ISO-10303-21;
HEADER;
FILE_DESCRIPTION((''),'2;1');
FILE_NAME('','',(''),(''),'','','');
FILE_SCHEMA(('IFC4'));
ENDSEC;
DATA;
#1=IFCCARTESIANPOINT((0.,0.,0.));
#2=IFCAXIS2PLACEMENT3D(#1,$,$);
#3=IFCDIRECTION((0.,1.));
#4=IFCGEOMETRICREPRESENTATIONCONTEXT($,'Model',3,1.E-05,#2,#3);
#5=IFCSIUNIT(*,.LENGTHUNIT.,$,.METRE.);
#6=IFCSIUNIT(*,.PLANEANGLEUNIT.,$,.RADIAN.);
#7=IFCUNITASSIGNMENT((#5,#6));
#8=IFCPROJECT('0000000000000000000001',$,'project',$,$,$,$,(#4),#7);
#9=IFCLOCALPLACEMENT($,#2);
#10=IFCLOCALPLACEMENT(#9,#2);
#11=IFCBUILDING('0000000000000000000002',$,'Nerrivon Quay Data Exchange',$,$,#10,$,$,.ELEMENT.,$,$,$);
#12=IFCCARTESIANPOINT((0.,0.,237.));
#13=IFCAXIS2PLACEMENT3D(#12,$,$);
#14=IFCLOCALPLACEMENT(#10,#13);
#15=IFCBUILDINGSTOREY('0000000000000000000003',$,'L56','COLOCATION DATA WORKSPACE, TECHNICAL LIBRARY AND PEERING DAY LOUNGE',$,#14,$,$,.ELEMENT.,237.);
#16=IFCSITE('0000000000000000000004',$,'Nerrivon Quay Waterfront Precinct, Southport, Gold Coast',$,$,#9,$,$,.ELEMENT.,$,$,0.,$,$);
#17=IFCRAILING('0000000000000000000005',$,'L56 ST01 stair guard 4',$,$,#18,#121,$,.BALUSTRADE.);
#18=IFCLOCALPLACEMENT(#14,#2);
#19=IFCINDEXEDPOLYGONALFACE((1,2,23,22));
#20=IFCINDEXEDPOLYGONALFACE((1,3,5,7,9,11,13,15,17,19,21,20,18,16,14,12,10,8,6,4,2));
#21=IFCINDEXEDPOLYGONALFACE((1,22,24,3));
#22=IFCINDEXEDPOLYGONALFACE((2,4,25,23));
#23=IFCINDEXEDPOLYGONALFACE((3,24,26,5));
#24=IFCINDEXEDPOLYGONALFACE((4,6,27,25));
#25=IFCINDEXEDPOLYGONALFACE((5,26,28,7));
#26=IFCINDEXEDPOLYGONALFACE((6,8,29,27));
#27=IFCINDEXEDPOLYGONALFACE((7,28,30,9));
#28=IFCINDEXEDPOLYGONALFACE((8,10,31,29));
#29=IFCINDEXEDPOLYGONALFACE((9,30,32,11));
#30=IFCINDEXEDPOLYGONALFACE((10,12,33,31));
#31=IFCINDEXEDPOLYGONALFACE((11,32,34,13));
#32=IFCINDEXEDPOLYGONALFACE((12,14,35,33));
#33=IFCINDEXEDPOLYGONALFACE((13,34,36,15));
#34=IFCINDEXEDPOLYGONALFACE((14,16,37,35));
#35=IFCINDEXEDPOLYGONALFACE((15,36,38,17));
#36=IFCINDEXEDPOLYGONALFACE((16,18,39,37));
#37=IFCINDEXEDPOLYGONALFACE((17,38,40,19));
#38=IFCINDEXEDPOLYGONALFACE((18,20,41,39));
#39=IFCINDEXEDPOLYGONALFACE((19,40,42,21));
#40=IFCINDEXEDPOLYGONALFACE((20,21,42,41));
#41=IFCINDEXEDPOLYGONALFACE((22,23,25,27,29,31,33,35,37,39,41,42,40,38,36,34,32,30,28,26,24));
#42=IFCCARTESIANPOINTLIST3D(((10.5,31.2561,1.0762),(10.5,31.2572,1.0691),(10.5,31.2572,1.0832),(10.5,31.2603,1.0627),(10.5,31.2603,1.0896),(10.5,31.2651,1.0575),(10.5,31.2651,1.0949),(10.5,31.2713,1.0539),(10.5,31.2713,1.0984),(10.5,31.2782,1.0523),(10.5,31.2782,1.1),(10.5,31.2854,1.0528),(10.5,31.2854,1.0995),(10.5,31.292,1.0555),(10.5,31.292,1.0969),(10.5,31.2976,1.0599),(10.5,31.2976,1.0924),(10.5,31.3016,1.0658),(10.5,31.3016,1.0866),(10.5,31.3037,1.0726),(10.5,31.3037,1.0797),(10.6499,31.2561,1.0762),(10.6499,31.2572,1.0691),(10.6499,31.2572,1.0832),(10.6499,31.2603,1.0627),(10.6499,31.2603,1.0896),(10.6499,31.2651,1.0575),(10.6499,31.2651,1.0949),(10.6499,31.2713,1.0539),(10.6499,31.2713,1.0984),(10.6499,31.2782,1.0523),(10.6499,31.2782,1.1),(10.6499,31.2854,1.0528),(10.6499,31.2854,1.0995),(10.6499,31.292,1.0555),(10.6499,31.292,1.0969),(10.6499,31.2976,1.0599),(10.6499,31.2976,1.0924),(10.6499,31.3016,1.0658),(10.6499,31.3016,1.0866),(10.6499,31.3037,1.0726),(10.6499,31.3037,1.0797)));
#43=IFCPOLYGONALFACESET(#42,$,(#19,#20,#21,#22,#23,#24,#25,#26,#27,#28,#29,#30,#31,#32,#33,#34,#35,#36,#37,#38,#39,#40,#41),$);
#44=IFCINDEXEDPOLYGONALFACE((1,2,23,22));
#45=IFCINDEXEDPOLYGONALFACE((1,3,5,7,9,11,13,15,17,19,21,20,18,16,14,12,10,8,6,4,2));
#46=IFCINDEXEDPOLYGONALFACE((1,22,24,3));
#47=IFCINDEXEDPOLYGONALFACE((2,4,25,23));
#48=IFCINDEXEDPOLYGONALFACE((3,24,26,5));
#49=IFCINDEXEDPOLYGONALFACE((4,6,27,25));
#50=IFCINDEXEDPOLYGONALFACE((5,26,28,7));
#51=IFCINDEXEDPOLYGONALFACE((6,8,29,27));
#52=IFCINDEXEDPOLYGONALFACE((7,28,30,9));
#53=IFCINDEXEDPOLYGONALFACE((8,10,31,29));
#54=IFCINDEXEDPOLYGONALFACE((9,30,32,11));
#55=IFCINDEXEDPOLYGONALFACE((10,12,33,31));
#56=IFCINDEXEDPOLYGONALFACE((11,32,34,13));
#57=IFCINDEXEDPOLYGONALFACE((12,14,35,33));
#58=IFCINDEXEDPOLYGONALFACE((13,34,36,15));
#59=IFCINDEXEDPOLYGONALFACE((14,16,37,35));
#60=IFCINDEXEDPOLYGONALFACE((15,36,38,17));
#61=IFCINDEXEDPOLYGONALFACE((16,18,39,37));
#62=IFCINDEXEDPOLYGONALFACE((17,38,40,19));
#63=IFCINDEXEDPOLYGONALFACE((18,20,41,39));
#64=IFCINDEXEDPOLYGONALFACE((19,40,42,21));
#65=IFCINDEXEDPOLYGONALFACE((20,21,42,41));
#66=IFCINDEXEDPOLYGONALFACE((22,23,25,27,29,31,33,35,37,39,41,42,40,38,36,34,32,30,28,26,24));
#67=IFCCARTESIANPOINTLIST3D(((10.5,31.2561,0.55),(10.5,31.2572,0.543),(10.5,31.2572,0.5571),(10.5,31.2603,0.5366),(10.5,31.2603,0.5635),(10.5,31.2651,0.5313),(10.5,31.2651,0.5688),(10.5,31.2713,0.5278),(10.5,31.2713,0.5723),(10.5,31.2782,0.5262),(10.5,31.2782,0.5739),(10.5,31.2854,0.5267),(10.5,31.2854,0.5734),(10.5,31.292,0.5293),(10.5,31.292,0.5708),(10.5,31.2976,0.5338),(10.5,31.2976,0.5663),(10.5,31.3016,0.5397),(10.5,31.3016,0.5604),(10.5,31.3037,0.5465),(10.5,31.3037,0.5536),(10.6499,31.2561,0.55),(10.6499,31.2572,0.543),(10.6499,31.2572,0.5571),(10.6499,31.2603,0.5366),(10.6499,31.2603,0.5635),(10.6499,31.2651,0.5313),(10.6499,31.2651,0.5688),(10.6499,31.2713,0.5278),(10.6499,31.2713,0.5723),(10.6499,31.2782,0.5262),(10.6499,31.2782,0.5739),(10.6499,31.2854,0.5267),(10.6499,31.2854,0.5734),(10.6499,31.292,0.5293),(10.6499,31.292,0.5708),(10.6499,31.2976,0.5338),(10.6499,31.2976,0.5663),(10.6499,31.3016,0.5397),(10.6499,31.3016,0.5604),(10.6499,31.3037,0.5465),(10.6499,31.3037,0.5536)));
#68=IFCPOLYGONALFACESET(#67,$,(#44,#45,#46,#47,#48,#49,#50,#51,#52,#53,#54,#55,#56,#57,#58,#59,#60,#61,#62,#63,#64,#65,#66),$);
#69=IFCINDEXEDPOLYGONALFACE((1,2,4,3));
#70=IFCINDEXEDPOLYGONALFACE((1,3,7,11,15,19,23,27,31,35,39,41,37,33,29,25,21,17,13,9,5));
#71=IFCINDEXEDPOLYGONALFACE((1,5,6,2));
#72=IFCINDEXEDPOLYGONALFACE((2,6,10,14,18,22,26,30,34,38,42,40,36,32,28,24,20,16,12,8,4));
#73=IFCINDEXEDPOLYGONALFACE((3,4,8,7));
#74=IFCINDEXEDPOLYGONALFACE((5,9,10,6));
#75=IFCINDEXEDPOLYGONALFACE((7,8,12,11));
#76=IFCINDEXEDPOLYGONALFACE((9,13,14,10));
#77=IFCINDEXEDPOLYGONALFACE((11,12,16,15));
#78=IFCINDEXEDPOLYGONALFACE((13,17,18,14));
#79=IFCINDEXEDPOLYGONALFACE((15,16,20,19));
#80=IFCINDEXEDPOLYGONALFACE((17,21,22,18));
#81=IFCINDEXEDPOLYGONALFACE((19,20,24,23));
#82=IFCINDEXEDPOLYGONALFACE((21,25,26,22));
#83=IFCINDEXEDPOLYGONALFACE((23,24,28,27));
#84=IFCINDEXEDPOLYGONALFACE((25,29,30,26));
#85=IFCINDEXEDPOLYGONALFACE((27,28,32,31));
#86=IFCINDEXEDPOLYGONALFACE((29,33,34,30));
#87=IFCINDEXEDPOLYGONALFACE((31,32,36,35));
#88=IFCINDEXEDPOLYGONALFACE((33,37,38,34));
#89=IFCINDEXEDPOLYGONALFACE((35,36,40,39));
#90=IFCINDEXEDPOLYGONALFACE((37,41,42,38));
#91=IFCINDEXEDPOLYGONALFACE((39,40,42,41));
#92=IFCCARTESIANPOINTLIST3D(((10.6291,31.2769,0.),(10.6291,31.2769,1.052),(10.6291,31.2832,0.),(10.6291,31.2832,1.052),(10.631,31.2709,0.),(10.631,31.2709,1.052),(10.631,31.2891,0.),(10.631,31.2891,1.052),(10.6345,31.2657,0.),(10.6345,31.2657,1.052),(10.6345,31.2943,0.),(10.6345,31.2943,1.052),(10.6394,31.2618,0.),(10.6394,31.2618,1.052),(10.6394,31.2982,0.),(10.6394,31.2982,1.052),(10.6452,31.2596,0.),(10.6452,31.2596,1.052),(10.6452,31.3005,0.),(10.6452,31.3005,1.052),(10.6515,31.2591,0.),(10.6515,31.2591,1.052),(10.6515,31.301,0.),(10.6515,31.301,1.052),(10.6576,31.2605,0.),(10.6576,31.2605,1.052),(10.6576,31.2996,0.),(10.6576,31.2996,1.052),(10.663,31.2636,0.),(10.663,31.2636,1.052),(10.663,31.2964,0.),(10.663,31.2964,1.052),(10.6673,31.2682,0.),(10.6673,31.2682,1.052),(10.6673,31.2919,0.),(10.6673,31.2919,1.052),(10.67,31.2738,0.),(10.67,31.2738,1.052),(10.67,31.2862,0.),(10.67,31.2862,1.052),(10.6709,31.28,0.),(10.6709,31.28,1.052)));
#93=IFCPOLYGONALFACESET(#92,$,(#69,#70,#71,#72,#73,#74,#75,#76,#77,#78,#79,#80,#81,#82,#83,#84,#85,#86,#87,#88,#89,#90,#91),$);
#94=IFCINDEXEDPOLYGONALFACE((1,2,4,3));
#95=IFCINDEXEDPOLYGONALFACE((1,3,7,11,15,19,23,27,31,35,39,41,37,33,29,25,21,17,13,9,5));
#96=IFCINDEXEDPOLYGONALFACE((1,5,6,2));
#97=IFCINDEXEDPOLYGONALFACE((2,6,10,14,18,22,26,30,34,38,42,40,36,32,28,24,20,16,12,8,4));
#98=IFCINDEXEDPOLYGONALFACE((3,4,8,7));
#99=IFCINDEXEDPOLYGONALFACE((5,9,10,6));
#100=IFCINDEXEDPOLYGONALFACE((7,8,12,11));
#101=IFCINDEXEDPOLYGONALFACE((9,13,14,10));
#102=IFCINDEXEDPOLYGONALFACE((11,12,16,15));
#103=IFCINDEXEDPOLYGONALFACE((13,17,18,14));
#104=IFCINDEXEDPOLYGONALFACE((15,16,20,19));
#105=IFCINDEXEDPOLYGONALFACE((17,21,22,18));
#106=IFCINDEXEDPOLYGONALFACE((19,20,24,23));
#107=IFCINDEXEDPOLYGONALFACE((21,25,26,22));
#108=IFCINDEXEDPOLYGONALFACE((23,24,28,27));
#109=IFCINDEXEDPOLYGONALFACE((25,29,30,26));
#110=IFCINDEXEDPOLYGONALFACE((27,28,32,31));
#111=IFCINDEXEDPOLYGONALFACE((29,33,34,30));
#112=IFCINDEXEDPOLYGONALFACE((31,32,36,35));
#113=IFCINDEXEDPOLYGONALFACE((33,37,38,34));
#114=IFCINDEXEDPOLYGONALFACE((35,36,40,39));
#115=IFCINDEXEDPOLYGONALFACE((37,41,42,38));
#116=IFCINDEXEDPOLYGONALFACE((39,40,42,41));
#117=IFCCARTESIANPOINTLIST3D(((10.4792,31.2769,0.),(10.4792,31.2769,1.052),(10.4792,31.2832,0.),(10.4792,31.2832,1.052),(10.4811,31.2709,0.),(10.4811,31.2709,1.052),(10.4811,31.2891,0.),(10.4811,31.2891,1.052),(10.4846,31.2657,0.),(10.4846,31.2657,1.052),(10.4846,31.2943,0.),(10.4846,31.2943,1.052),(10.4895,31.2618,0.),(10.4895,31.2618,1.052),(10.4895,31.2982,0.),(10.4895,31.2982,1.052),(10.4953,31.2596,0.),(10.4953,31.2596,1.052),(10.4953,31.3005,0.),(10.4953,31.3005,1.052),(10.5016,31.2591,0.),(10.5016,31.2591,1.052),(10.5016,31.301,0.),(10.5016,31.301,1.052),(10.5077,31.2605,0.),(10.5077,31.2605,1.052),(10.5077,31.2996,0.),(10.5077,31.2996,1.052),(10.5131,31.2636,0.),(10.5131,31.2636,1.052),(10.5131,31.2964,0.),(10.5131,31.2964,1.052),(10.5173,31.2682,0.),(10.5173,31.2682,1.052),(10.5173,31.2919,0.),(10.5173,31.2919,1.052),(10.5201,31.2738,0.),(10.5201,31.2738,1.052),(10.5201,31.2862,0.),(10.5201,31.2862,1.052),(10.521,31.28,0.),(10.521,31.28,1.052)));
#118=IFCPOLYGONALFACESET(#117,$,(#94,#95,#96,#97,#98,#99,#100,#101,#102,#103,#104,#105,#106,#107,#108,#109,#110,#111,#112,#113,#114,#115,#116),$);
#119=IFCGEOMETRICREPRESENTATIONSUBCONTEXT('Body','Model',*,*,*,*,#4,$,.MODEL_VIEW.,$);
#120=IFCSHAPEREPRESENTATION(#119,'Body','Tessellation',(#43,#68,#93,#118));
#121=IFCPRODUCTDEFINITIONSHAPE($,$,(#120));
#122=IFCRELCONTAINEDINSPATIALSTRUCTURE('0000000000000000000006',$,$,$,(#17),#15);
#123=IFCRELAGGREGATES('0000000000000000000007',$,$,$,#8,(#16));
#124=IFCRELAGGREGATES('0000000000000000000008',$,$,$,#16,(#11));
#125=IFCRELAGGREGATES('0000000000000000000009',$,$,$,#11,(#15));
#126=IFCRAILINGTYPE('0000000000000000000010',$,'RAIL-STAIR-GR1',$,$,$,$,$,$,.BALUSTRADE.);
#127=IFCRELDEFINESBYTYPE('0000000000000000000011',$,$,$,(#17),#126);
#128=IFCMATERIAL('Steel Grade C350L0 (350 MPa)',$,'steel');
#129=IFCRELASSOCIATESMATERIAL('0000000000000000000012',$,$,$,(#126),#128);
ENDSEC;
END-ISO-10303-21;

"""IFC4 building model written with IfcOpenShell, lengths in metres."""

from ifc_helpers import new_model, si_unit, direction, frame, origin, origin_2d, place, context, subcontext, project, spatial, circle, extrude, material, type_object, element, save


model = new_model("IFC4")

# Units and contexts
model_context = context("Model", 3, precision=1e-05, world=origin(), true_north=direction((0.0, 1.0)))
body_context = subcontext(model_context, "Body", "Model", "MODEL_VIEW")
ifc_project = project(units=[si_unit("LENGTHUNIT", "METRE"), si_unit("PLANEANGLEUNIT", "RADIAN")], contexts=[model_context])

# Site, building, storey
site_placement = place(None, origin())
site = spatial("IfcSite", under=ifc_project, at=site_placement, Name="Nerrivon Quay Waterfront Precinct, Southport, Gold Coast", CompositionType="ELEMENT", RefElevation=0.0)
building_placement = place(site_placement, origin())
building = spatial("IfcBuilding", under=site, at=building_placement, Name="Nerrivon Quay Data Exchange", CompositionType="ELEMENT")
storey_placement = place(building_placement, frame((0.0, 0.0, 237.0)))
storey = spatial("IfcBuildingStorey", under=building, at=storey_placement, Name="L56", Description="COLOCATION DATA WORKSPACE, TECHNICAL LIBRARY AND PEERING DAY LOUNGE", CompositionType="ELEMENT", Elevation=237.0)

# Railing
ifc_material_1 = material(Name="Steel Grade C350L0 (350 MPa)", Category="steel")
railing_type_1 = type_object("IfcRailingType", Name="RAIL-STAIR-GR1", PredefinedType="BALUSTRADE", material=ifc_material_1)
railing_1_placement = place(storey_placement, frame((10.6499, 31.28, 0.0)))
element("IfcRailing", 1, at=railing_1_placement, inside=storey, type_object=railing_type_1, Name="L56 ST01 stair guard 4", PredefinedType="BALUSTRADE", context=body_context, shape_type="SweptSolid", body=[
    extrude(circle(Radius=0.0239, at=origin_2d()), frame((0.0, 0.0, 1.0762), z_axis=(-1.0, 0.0, 0.0), x_axis=(0.0, -1.0, 0.0)), (0.0, 0.0, 1.0), 0.1499),
    extrude(circle(Radius=0.0239, at=origin_2d()), frame((0.0, 0.0, 0.55), z_axis=(-1.0, 0.0, 0.0), x_axis=(0.0, -1.0, 0.0)), (0.0, 0.0, 1.0), 0.1499),
    extrude(circle(Radius=0.021, at=origin_2d()), origin(), (0.0, 0.0, 1.0), 1.052),
    extrude(circle(Radius=0.021, at=origin_2d()), frame((-0.1499, 0.0, 0.0)), (0.0, 0.0, 1.0), 1.052),
])

save(model, "model.ifc")
